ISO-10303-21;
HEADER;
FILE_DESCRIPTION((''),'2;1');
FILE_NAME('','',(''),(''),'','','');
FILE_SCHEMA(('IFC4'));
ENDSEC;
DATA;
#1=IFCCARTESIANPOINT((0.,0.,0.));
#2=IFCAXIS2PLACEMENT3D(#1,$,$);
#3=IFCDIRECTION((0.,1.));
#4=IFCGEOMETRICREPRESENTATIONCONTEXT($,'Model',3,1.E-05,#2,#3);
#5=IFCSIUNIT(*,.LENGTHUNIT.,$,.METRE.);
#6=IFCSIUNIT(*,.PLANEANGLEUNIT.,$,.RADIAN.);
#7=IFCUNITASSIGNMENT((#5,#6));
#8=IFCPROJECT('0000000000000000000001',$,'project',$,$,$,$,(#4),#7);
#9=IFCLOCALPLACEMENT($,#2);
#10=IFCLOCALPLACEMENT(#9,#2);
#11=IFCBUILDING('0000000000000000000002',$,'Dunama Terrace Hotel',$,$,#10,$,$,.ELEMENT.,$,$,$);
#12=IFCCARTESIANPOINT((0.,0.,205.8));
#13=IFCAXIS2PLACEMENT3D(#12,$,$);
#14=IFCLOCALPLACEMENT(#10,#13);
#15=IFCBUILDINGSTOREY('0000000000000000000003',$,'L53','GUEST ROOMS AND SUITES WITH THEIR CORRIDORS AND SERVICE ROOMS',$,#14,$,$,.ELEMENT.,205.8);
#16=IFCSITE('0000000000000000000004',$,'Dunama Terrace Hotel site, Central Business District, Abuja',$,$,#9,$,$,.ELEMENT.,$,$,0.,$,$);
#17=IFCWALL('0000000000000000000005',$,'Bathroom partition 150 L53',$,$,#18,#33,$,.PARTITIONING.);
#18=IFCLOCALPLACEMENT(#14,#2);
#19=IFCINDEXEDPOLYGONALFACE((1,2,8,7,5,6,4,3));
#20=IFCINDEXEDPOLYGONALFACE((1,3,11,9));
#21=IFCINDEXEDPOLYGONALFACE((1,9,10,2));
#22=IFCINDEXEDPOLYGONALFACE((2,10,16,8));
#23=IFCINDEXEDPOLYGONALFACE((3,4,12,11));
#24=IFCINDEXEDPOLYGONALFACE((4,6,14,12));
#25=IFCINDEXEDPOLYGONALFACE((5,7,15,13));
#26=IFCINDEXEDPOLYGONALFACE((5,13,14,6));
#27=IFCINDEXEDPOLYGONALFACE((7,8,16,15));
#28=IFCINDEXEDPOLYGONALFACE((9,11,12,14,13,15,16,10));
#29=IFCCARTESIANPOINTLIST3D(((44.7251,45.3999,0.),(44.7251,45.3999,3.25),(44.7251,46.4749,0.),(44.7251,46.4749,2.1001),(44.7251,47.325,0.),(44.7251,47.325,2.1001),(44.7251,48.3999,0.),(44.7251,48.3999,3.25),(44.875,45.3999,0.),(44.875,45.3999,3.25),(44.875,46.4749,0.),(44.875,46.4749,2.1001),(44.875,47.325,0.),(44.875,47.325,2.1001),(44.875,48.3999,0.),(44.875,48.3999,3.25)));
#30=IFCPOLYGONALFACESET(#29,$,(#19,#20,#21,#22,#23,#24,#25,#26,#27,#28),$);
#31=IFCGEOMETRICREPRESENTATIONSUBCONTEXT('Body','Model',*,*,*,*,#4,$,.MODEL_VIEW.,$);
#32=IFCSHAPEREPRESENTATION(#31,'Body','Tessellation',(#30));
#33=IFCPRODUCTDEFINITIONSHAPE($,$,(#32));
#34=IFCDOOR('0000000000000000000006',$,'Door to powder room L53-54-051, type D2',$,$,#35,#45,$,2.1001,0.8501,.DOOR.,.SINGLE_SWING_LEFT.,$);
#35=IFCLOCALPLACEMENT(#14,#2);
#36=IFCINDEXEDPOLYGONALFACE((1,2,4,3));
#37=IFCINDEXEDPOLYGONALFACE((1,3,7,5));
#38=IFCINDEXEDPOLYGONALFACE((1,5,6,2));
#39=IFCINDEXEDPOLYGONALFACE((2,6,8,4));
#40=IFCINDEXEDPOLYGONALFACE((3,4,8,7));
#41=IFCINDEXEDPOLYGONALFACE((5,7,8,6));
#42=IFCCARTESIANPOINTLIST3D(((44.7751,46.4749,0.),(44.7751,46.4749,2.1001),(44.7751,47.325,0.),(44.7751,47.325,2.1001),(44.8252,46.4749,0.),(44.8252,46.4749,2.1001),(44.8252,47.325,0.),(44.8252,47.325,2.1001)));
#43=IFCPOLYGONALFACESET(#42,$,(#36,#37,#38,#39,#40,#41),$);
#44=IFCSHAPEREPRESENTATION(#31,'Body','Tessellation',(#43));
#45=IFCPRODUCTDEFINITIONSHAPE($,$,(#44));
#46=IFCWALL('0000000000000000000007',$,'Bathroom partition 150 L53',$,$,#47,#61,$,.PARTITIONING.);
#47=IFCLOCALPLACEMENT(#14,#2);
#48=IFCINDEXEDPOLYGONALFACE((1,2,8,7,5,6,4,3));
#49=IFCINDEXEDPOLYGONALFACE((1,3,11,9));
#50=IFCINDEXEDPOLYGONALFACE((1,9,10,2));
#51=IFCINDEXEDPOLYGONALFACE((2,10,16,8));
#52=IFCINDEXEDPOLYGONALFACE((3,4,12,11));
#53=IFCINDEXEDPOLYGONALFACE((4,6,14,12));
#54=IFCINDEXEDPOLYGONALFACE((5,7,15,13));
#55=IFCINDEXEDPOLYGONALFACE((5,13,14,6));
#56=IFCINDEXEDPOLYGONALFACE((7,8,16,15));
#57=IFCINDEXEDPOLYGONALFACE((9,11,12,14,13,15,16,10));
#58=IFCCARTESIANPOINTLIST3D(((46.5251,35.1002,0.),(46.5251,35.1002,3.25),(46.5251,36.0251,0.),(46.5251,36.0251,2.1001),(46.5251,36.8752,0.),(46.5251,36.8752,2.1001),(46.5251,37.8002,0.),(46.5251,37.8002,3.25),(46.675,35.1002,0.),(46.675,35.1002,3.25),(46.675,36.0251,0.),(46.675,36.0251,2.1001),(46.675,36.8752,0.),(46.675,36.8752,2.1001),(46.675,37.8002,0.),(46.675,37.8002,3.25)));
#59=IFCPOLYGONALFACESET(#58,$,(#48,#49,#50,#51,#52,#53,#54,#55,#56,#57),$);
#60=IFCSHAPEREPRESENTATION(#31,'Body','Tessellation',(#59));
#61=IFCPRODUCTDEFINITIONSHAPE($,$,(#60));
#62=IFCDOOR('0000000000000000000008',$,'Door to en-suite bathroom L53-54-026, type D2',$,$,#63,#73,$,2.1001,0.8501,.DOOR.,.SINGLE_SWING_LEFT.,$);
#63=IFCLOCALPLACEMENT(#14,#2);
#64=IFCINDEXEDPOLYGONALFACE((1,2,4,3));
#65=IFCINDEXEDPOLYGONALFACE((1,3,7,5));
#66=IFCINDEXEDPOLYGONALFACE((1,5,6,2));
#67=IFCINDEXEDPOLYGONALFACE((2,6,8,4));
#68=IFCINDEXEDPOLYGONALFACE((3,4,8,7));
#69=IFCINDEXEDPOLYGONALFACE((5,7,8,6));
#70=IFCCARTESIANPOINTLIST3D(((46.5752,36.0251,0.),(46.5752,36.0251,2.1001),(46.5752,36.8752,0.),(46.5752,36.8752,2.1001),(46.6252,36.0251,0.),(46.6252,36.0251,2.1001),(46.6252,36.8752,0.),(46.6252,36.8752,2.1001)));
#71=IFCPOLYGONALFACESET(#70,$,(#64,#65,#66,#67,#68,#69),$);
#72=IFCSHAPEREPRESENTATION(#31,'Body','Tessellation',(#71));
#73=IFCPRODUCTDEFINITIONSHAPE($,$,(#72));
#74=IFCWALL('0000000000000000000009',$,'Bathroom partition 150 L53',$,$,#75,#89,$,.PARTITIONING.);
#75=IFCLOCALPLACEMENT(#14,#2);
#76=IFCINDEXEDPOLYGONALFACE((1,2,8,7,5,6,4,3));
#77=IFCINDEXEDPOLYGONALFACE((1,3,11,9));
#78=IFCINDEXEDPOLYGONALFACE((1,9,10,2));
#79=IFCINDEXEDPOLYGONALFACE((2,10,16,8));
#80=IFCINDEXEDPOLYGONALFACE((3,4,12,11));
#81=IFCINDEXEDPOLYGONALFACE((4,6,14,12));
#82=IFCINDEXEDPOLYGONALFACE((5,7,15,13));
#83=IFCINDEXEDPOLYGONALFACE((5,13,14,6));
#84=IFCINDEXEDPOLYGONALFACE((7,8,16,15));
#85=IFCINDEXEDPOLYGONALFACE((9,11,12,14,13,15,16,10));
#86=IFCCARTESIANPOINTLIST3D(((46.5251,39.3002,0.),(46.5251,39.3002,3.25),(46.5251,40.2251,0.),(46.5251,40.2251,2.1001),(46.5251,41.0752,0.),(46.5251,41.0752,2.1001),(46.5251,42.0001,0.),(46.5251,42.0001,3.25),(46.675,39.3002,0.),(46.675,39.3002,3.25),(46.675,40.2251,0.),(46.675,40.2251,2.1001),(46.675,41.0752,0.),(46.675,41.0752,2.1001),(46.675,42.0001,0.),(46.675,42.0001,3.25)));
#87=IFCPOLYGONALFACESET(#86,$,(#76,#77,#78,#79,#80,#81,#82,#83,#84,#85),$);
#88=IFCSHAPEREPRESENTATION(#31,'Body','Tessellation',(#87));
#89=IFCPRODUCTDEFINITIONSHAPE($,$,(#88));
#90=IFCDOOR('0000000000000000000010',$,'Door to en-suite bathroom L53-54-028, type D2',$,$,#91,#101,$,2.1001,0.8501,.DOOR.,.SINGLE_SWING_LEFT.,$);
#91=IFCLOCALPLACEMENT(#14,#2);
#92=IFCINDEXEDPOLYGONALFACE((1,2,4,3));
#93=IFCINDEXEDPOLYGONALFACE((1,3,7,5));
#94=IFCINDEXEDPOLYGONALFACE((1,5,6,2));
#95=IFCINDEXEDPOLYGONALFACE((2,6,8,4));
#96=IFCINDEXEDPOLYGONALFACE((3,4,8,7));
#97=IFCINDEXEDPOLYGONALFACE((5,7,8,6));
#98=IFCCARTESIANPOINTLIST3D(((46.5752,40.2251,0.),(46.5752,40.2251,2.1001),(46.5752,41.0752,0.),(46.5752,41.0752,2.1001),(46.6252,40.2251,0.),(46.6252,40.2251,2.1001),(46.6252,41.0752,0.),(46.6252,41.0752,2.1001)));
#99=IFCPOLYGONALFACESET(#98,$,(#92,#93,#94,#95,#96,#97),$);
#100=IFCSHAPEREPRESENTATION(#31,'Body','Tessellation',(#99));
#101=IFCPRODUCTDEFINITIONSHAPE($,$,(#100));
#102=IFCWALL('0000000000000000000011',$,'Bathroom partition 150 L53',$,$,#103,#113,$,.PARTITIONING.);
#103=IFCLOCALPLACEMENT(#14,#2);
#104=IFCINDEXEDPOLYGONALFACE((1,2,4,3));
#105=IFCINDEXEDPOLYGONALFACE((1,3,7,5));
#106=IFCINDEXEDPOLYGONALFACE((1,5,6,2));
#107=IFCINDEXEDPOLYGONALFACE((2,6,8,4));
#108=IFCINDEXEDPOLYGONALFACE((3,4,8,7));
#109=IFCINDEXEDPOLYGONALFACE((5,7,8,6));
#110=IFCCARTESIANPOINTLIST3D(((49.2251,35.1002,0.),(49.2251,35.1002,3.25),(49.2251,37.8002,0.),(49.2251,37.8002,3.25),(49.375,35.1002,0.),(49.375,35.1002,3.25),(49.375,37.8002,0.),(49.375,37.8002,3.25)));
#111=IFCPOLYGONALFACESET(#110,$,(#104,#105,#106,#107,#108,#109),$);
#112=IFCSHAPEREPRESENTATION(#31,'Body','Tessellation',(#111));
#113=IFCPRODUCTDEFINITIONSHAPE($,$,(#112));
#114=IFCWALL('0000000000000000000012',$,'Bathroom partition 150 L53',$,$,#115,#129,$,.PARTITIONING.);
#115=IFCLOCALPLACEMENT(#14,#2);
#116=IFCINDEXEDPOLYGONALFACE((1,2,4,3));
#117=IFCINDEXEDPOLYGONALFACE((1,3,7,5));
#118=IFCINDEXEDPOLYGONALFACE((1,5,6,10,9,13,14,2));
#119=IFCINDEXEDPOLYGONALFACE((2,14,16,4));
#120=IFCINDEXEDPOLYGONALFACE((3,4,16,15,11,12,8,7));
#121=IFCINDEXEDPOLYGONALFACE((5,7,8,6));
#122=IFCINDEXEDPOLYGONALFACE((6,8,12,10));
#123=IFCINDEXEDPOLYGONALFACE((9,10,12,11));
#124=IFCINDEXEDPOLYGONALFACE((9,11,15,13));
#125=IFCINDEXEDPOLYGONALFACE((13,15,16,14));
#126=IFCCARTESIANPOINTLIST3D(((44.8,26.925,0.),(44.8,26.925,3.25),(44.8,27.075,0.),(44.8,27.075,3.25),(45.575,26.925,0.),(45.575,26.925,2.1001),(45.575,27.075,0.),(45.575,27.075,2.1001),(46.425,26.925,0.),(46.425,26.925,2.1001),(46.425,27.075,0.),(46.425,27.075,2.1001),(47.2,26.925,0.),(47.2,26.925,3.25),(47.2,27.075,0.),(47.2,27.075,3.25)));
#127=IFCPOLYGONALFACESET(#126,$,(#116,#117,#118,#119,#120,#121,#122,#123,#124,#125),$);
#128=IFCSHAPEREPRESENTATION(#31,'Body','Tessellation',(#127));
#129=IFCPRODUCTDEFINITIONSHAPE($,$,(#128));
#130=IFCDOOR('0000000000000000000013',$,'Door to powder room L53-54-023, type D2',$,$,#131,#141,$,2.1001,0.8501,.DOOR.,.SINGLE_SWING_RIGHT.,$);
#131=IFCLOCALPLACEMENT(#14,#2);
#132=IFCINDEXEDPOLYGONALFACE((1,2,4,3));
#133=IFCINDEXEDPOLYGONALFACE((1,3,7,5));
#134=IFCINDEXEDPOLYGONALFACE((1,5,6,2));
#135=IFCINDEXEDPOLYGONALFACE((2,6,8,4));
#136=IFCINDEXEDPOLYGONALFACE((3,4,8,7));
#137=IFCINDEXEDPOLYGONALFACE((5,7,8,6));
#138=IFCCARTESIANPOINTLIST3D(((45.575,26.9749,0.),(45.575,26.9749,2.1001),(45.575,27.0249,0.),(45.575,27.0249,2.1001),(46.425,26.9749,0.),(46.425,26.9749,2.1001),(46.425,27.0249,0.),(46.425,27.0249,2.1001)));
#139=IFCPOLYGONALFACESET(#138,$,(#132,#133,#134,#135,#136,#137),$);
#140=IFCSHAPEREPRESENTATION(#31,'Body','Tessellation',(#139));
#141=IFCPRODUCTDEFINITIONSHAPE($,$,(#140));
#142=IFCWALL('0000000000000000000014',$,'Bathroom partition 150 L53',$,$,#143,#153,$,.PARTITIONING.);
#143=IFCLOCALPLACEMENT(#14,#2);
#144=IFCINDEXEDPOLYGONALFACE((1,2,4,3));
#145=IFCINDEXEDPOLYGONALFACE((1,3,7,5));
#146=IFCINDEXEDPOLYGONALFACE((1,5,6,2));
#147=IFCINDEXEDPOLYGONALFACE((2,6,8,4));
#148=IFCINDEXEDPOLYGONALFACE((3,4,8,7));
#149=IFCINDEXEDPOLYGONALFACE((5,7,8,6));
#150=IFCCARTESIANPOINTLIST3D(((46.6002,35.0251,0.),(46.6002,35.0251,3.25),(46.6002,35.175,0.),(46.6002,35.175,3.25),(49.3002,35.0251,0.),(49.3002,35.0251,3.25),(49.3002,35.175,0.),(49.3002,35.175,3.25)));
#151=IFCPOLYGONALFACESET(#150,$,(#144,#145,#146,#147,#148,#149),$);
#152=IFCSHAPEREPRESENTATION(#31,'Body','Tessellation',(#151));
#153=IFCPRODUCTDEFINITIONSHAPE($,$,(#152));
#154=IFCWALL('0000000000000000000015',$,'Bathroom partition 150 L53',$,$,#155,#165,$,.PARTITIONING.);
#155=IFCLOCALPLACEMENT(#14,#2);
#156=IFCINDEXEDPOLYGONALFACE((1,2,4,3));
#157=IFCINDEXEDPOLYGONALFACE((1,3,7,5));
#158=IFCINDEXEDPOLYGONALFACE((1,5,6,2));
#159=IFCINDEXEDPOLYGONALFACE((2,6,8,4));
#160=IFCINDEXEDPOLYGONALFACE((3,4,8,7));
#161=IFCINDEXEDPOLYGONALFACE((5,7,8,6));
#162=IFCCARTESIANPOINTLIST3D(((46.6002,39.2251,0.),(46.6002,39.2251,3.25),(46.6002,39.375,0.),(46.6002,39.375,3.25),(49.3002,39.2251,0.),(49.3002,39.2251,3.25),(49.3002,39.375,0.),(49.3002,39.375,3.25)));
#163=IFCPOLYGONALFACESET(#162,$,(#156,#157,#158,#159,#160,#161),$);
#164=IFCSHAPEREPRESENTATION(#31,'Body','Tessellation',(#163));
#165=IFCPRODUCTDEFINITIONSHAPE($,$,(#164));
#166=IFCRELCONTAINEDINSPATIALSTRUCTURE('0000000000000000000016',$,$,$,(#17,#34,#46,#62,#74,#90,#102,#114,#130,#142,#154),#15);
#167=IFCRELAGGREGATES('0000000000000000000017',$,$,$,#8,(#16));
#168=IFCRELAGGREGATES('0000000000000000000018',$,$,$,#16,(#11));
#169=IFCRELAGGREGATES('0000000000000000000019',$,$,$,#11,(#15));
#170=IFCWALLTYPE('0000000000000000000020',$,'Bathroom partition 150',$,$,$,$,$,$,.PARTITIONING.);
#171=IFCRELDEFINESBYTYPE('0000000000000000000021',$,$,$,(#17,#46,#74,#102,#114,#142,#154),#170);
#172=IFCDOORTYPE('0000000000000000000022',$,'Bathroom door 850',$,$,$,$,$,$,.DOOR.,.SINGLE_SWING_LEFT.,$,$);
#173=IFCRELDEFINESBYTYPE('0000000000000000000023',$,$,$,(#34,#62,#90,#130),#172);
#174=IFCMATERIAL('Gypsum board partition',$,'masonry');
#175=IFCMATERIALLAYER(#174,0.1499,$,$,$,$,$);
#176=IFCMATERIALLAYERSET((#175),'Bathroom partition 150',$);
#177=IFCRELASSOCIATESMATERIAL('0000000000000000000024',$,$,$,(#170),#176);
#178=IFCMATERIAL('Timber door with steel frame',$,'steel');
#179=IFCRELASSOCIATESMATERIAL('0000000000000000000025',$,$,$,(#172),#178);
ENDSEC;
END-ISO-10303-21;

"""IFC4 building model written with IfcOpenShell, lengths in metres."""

from ifc_helpers import new_model, si_unit, direction, frame, frame_2d, origin, place, context, subcontext, project, spatial, rectangle, extrude, material, layer, layer_set, type_object, element, fill, save


model = new_model("IFC4")

# Units and contexts
model_context = context("Model", 3, precision=1e-05, world=origin(), true_north=direction((0.0, 1.0)))
body_context = subcontext(model_context, "Body", "Model", "MODEL_VIEW")
ifc_project = project(units=[si_unit("LENGTHUNIT", "METRE"), si_unit("PLANEANGLEUNIT", "RADIAN")], contexts=[model_context])

# Site, building, storey
site_placement = place(None, origin())
site = spatial("IfcSite", under=ifc_project, at=site_placement, Name="Dunama Terrace Hotel site, Central Business District, Abuja", CompositionType="ELEMENT", RefElevation=0.0)
building_placement = place(site_placement, origin())
building = spatial("IfcBuilding", under=site, at=building_placement, Name="Dunama Terrace Hotel", CompositionType="ELEMENT")
storey_placement = place(building_placement, frame((0.0, 0.0, 205.8)))
storey = spatial("IfcBuildingStorey", under=building, at=storey_placement, Name="L53", Description="GUEST ROOMS AND SUITES WITH THEIR CORRIDORS AND SERVICE ROOMS", CompositionType="ELEMENT", Elevation=205.8)

# Walls, openings, doors
ifc_material_1 = material(Name="Gypsum board partition", Category="masonry")
ifc_layer_1 = layer(ifc_material_1, 0.1499)
ifc_layer_set_1 = layer_set([ifc_layer_1], Name="Bathroom partition 150")
wall_type_1 = type_object("IfcWallType", Name="Bathroom partition 150", PredefinedType="PARTITIONING", material=ifc_layer_set_1)
wall_1_placement = place(storey_placement, frame((44.8, 45.3999, 0.0), z_axis=(0.0, 0.0, 1.0), x_axis=(0.0, 1.0, 0.0)))
wall_1 = element("IfcWall", 1, at=wall_1_placement, inside=storey, type_object=wall_type_1, Name="Bathroom partition 150 L53", PredefinedType="PARTITIONING", context=body_context, shape_type="SweptSolid", body=[
    extrude(rectangle(XDim=3.0, YDim=0.1499, at=frame_2d((1.5, 0.0))), origin(), (0.0, 0.0, 1.0), 3.25),
])
opening_1_placement = place(wall_1_placement, frame((1.075, 0.0, 0.0)))
opening_1 = element("IfcOpeningElement", 2, at=opening_1_placement, cuts=wall_1, PredefinedType="OPENING", context=body_context, shape_type="SweptSolid", body=[
    extrude(rectangle(XDim=0.8501, YDim=2.1001, at=frame_2d((0.425, 1.05))), frame((0.0, 0.085, 0.0), z_axis=(0.0, -1.0, 0.0), x_axis=(1.0, 0.0, 0.0)), (0.0, 0.0, 1.0), 0.1699),
])
ifc_material_2 = material(Name="Timber door with steel frame", Category="steel")
door_type_1 = type_object("IfcDoorType", Name="Bathroom door 850", OperationType="SINGLE_SWING_LEFT", PredefinedType="DOOR", material=ifc_material_2)
door_1_placement = place(opening_1_placement, origin())
door_1 = element("IfcDoor", 3, at=door_1_placement, inside=storey, type_object=door_type_1, Name="Door to powder room L53-54-051, type D2", OperationType="SINGLE_SWING_LEFT", OverallHeight=2.1001, OverallWidth=0.8501, PredefinedType="DOOR", context=body_context, shape_type="SweptSolid", body=[
    extrude(rectangle(XDim=0.8501, YDim=2.1001, at=frame_2d((0.425, 1.05))), frame((0.0, 0.0249, 0.0), z_axis=(0.0, -1.0, 0.0), x_axis=(1.0, 0.0, 0.0)), (0.0, 0.0, 1.0), 0.05),
])
fill(opening_1, door_1)
wall_2_placement = place(storey_placement, frame((46.6001, 35.1001, 0.0), z_axis=(0.0, 0.0, 1.0), x_axis=(0.0, 1.0, 0.0)))
wall_2 = element("IfcWall", 4, at=wall_2_placement, inside=storey, type_object=wall_type_1, Name="Bathroom partition 150 L53", PredefinedType="PARTITIONING", context=body_context, shape_type="SweptSolid", body=[
    extrude(rectangle(XDim=2.7, YDim=0.1499, at=frame_2d((1.3501, 0.0))), origin(), (0.0, 0.0, 1.0), 3.25),
])
opening_2_placement = place(wall_2_placement, frame((0.925, 0.0, 0.0)))
opening_2 = element("IfcOpeningElement", 5, at=opening_2_placement, cuts=wall_2, PredefinedType="OPENING", context=body_context, shape_type="SweptSolid", body=[
    extrude(rectangle(XDim=0.8501, YDim=2.1001, at=frame_2d((0.425, 1.05))), frame((0.0, 0.085, 0.0), z_axis=(0.0, -1.0, 0.0), x_axis=(1.0, 0.0, 0.0)), (0.0, 0.0, 1.0), 0.1699),
])
door_2_placement = place(opening_2_placement, frame((0.8501, 0.0, 0.0), z_axis=(0.0, 0.0, 1.0), x_axis=(-1.0, 0.0, 0.0)))
door_2 = element("IfcDoor", 6, at=door_2_placement, inside=storey, type_object=door_type_1, Name="Door to en-suite bathroom L53-54-026, type D2", OperationType="SINGLE_SWING_LEFT", OverallHeight=2.1001, OverallWidth=0.8501, PredefinedType="DOOR", context=body_context, shape_type="SweptSolid", body=[
    extrude(rectangle(XDim=0.8501, YDim=2.1001, at=frame_2d((0.425, 1.05))), frame((0.0, 0.0251, 0.0), z_axis=(0.0, -1.0, 0.0), x_axis=(1.0, 0.0, 0.0)), (0.0, 0.0, 1.0), 0.05),
])
fill(opening_2, door_2)
wall_3_placement = place(storey_placement, frame((46.6001, 39.3, 0.0), z_axis=(0.0, 0.0, 1.0), x_axis=(0.0, 1.0, 0.0)))
wall_3 = element("IfcWall", 7, at=wall_3_placement, inside=storey, type_object=wall_type_1, Name="Bathroom partition 150 L53", PredefinedType="PARTITIONING", context=body_context, shape_type="SweptSolid", body=[
    extrude(rectangle(XDim=2.7, YDim=0.1499, at=frame_2d((1.3501, 0.0))), origin(), (0.0, 0.0, 1.0), 3.25),
])
opening_3_placement = place(wall_3_placement, frame((0.925, 0.0, 0.0)))
opening_3 = element("IfcOpeningElement", 8, at=opening_3_placement, cuts=wall_3, PredefinedType="OPENING", context=body_context, shape_type="SweptSolid", body=[
    extrude(rectangle(XDim=0.8501, YDim=2.1001, at=frame_2d((0.425, 1.05))), frame((0.0, 0.085, 0.0), z_axis=(0.0, -1.0, 0.0), x_axis=(1.0, 0.0, 0.0)), (0.0, 0.0, 1.0), 0.1699),
])
door_3_placement = place(opening_3_placement, frame((0.8501, 0.0, 0.0), z_axis=(0.0, 0.0, 1.0), x_axis=(-1.0, 0.0, 0.0)))
door_3 = element("IfcDoor", 9, at=door_3_placement, inside=storey, type_object=door_type_1, Name="Door to en-suite bathroom L53-54-028, type D2", OperationType="SINGLE_SWING_LEFT", OverallHeight=2.1001, OverallWidth=0.8501, PredefinedType="DOOR", context=body_context, shape_type="SweptSolid", body=[
    extrude(rectangle(XDim=0.8501, YDim=2.1001, at=frame_2d((0.425, 1.05))), frame((0.0, 0.0251, 0.0), z_axis=(0.0, -1.0, 0.0), x_axis=(1.0, 0.0, 0.0)), (0.0, 0.0, 1.0), 0.05),
])
fill(opening_3, door_3)

# Wall
wall_4_placement = place(storey_placement, frame((49.3, 35.1001, 0.0), z_axis=(0.0, 0.0, 1.0), x_axis=(0.0, 1.0, 0.0)))
element("IfcWall", 10, at=wall_4_placement, inside=storey, type_object=wall_type_1, Name="Bathroom partition 150 L53", PredefinedType="PARTITIONING", context=body_context, shape_type="SweptSolid", body=[
    extrude(rectangle(XDim=2.7, YDim=0.1499, at=frame_2d((1.3501, 0.0))), origin(), (0.0, 0.0, 1.0), 3.25),
])

# Wall, opening, door
wall_5_placement = place(storey_placement, frame((44.8, 27.0, 0.0), z_axis=(0.0, 0.0, 1.0), x_axis=(1.0, 0.0, 0.0)))
wall_5 = element("IfcWall", 11, at=wall_5_placement, inside=storey, type_object=wall_type_1, Name="Bathroom partition 150 L53", PredefinedType="PARTITIONING", context=body_context, shape_type="SweptSolid", body=[
    extrude(rectangle(XDim=2.3999, YDim=0.1499, at=frame_2d((1.2, 0.0))), origin(), (0.0, 0.0, 1.0), 3.25),
])
opening_4_placement = place(wall_5_placement, frame((0.7749, 0.0, 0.0)))
opening_4 = element("IfcOpeningElement", 12, at=opening_4_placement, cuts=wall_5, PredefinedType="OPENING", context=body_context, shape_type="SweptSolid", body=[
    extrude(rectangle(XDim=0.8501, YDim=2.1001, at=frame_2d((0.425, 1.05))), frame((0.0, 0.085, 0.0), z_axis=(0.0, -1.0, 0.0), x_axis=(1.0, 0.0, 0.0)), (0.0, 0.0, 1.0), 0.1699),
])
door_4_placement = place(opening_4_placement, frame((0.8501, 0.0, 0.0), z_axis=(0.0, 0.0, 1.0), x_axis=(-1.0, 0.0, 0.0)))
door_4 = element("IfcDoor", 13, at=door_4_placement, inside=storey, type_object=door_type_1, Name="Door to powder room L53-54-023, type D2", OperationType="SINGLE_SWING_RIGHT", OverallHeight=2.1001, OverallWidth=0.8501, PredefinedType="DOOR", context=body_context, shape_type="SweptSolid", body=[
    extrude(rectangle(XDim=0.8501, YDim=2.1001, at=frame_2d((0.425, 1.05))), frame((0.0, 0.0251, 0.0), z_axis=(0.0, -1.0, 0.0), x_axis=(1.0, 0.0, 0.0)), (0.0, 0.0, 1.0), 0.05),
])
fill(opening_4, door_4)

# Walls
for number, where, z_axis, x_axis, name in (
    (14, (46.6001, 35.1001, 0.0), (0.0, 0.0, 1.0), (1.0, 0.0, 0.0), "Bathroom partition 150 L53"),
    (15, (46.6001, 39.3, 0.0), (0.0, 0.0, 1.0), (1.0, 0.0, 0.0), "Bathroom partition 150 L53"),
):
    element("IfcWall", number, at=place(storey_placement, frame(where, z_axis=z_axis, x_axis=x_axis)), inside=storey, type_object=wall_type_1, Name=name, PredefinedType="PARTITIONING", context=body_context, shape_type="SweptSolid", body=[
        extrude(rectangle(XDim=2.7, YDim=0.1499, at=frame_2d((1.3501, 0.0))), origin(), (0.0, 0.0, 1.0), 3.25),
    ])

save(model, "model.ifc")
